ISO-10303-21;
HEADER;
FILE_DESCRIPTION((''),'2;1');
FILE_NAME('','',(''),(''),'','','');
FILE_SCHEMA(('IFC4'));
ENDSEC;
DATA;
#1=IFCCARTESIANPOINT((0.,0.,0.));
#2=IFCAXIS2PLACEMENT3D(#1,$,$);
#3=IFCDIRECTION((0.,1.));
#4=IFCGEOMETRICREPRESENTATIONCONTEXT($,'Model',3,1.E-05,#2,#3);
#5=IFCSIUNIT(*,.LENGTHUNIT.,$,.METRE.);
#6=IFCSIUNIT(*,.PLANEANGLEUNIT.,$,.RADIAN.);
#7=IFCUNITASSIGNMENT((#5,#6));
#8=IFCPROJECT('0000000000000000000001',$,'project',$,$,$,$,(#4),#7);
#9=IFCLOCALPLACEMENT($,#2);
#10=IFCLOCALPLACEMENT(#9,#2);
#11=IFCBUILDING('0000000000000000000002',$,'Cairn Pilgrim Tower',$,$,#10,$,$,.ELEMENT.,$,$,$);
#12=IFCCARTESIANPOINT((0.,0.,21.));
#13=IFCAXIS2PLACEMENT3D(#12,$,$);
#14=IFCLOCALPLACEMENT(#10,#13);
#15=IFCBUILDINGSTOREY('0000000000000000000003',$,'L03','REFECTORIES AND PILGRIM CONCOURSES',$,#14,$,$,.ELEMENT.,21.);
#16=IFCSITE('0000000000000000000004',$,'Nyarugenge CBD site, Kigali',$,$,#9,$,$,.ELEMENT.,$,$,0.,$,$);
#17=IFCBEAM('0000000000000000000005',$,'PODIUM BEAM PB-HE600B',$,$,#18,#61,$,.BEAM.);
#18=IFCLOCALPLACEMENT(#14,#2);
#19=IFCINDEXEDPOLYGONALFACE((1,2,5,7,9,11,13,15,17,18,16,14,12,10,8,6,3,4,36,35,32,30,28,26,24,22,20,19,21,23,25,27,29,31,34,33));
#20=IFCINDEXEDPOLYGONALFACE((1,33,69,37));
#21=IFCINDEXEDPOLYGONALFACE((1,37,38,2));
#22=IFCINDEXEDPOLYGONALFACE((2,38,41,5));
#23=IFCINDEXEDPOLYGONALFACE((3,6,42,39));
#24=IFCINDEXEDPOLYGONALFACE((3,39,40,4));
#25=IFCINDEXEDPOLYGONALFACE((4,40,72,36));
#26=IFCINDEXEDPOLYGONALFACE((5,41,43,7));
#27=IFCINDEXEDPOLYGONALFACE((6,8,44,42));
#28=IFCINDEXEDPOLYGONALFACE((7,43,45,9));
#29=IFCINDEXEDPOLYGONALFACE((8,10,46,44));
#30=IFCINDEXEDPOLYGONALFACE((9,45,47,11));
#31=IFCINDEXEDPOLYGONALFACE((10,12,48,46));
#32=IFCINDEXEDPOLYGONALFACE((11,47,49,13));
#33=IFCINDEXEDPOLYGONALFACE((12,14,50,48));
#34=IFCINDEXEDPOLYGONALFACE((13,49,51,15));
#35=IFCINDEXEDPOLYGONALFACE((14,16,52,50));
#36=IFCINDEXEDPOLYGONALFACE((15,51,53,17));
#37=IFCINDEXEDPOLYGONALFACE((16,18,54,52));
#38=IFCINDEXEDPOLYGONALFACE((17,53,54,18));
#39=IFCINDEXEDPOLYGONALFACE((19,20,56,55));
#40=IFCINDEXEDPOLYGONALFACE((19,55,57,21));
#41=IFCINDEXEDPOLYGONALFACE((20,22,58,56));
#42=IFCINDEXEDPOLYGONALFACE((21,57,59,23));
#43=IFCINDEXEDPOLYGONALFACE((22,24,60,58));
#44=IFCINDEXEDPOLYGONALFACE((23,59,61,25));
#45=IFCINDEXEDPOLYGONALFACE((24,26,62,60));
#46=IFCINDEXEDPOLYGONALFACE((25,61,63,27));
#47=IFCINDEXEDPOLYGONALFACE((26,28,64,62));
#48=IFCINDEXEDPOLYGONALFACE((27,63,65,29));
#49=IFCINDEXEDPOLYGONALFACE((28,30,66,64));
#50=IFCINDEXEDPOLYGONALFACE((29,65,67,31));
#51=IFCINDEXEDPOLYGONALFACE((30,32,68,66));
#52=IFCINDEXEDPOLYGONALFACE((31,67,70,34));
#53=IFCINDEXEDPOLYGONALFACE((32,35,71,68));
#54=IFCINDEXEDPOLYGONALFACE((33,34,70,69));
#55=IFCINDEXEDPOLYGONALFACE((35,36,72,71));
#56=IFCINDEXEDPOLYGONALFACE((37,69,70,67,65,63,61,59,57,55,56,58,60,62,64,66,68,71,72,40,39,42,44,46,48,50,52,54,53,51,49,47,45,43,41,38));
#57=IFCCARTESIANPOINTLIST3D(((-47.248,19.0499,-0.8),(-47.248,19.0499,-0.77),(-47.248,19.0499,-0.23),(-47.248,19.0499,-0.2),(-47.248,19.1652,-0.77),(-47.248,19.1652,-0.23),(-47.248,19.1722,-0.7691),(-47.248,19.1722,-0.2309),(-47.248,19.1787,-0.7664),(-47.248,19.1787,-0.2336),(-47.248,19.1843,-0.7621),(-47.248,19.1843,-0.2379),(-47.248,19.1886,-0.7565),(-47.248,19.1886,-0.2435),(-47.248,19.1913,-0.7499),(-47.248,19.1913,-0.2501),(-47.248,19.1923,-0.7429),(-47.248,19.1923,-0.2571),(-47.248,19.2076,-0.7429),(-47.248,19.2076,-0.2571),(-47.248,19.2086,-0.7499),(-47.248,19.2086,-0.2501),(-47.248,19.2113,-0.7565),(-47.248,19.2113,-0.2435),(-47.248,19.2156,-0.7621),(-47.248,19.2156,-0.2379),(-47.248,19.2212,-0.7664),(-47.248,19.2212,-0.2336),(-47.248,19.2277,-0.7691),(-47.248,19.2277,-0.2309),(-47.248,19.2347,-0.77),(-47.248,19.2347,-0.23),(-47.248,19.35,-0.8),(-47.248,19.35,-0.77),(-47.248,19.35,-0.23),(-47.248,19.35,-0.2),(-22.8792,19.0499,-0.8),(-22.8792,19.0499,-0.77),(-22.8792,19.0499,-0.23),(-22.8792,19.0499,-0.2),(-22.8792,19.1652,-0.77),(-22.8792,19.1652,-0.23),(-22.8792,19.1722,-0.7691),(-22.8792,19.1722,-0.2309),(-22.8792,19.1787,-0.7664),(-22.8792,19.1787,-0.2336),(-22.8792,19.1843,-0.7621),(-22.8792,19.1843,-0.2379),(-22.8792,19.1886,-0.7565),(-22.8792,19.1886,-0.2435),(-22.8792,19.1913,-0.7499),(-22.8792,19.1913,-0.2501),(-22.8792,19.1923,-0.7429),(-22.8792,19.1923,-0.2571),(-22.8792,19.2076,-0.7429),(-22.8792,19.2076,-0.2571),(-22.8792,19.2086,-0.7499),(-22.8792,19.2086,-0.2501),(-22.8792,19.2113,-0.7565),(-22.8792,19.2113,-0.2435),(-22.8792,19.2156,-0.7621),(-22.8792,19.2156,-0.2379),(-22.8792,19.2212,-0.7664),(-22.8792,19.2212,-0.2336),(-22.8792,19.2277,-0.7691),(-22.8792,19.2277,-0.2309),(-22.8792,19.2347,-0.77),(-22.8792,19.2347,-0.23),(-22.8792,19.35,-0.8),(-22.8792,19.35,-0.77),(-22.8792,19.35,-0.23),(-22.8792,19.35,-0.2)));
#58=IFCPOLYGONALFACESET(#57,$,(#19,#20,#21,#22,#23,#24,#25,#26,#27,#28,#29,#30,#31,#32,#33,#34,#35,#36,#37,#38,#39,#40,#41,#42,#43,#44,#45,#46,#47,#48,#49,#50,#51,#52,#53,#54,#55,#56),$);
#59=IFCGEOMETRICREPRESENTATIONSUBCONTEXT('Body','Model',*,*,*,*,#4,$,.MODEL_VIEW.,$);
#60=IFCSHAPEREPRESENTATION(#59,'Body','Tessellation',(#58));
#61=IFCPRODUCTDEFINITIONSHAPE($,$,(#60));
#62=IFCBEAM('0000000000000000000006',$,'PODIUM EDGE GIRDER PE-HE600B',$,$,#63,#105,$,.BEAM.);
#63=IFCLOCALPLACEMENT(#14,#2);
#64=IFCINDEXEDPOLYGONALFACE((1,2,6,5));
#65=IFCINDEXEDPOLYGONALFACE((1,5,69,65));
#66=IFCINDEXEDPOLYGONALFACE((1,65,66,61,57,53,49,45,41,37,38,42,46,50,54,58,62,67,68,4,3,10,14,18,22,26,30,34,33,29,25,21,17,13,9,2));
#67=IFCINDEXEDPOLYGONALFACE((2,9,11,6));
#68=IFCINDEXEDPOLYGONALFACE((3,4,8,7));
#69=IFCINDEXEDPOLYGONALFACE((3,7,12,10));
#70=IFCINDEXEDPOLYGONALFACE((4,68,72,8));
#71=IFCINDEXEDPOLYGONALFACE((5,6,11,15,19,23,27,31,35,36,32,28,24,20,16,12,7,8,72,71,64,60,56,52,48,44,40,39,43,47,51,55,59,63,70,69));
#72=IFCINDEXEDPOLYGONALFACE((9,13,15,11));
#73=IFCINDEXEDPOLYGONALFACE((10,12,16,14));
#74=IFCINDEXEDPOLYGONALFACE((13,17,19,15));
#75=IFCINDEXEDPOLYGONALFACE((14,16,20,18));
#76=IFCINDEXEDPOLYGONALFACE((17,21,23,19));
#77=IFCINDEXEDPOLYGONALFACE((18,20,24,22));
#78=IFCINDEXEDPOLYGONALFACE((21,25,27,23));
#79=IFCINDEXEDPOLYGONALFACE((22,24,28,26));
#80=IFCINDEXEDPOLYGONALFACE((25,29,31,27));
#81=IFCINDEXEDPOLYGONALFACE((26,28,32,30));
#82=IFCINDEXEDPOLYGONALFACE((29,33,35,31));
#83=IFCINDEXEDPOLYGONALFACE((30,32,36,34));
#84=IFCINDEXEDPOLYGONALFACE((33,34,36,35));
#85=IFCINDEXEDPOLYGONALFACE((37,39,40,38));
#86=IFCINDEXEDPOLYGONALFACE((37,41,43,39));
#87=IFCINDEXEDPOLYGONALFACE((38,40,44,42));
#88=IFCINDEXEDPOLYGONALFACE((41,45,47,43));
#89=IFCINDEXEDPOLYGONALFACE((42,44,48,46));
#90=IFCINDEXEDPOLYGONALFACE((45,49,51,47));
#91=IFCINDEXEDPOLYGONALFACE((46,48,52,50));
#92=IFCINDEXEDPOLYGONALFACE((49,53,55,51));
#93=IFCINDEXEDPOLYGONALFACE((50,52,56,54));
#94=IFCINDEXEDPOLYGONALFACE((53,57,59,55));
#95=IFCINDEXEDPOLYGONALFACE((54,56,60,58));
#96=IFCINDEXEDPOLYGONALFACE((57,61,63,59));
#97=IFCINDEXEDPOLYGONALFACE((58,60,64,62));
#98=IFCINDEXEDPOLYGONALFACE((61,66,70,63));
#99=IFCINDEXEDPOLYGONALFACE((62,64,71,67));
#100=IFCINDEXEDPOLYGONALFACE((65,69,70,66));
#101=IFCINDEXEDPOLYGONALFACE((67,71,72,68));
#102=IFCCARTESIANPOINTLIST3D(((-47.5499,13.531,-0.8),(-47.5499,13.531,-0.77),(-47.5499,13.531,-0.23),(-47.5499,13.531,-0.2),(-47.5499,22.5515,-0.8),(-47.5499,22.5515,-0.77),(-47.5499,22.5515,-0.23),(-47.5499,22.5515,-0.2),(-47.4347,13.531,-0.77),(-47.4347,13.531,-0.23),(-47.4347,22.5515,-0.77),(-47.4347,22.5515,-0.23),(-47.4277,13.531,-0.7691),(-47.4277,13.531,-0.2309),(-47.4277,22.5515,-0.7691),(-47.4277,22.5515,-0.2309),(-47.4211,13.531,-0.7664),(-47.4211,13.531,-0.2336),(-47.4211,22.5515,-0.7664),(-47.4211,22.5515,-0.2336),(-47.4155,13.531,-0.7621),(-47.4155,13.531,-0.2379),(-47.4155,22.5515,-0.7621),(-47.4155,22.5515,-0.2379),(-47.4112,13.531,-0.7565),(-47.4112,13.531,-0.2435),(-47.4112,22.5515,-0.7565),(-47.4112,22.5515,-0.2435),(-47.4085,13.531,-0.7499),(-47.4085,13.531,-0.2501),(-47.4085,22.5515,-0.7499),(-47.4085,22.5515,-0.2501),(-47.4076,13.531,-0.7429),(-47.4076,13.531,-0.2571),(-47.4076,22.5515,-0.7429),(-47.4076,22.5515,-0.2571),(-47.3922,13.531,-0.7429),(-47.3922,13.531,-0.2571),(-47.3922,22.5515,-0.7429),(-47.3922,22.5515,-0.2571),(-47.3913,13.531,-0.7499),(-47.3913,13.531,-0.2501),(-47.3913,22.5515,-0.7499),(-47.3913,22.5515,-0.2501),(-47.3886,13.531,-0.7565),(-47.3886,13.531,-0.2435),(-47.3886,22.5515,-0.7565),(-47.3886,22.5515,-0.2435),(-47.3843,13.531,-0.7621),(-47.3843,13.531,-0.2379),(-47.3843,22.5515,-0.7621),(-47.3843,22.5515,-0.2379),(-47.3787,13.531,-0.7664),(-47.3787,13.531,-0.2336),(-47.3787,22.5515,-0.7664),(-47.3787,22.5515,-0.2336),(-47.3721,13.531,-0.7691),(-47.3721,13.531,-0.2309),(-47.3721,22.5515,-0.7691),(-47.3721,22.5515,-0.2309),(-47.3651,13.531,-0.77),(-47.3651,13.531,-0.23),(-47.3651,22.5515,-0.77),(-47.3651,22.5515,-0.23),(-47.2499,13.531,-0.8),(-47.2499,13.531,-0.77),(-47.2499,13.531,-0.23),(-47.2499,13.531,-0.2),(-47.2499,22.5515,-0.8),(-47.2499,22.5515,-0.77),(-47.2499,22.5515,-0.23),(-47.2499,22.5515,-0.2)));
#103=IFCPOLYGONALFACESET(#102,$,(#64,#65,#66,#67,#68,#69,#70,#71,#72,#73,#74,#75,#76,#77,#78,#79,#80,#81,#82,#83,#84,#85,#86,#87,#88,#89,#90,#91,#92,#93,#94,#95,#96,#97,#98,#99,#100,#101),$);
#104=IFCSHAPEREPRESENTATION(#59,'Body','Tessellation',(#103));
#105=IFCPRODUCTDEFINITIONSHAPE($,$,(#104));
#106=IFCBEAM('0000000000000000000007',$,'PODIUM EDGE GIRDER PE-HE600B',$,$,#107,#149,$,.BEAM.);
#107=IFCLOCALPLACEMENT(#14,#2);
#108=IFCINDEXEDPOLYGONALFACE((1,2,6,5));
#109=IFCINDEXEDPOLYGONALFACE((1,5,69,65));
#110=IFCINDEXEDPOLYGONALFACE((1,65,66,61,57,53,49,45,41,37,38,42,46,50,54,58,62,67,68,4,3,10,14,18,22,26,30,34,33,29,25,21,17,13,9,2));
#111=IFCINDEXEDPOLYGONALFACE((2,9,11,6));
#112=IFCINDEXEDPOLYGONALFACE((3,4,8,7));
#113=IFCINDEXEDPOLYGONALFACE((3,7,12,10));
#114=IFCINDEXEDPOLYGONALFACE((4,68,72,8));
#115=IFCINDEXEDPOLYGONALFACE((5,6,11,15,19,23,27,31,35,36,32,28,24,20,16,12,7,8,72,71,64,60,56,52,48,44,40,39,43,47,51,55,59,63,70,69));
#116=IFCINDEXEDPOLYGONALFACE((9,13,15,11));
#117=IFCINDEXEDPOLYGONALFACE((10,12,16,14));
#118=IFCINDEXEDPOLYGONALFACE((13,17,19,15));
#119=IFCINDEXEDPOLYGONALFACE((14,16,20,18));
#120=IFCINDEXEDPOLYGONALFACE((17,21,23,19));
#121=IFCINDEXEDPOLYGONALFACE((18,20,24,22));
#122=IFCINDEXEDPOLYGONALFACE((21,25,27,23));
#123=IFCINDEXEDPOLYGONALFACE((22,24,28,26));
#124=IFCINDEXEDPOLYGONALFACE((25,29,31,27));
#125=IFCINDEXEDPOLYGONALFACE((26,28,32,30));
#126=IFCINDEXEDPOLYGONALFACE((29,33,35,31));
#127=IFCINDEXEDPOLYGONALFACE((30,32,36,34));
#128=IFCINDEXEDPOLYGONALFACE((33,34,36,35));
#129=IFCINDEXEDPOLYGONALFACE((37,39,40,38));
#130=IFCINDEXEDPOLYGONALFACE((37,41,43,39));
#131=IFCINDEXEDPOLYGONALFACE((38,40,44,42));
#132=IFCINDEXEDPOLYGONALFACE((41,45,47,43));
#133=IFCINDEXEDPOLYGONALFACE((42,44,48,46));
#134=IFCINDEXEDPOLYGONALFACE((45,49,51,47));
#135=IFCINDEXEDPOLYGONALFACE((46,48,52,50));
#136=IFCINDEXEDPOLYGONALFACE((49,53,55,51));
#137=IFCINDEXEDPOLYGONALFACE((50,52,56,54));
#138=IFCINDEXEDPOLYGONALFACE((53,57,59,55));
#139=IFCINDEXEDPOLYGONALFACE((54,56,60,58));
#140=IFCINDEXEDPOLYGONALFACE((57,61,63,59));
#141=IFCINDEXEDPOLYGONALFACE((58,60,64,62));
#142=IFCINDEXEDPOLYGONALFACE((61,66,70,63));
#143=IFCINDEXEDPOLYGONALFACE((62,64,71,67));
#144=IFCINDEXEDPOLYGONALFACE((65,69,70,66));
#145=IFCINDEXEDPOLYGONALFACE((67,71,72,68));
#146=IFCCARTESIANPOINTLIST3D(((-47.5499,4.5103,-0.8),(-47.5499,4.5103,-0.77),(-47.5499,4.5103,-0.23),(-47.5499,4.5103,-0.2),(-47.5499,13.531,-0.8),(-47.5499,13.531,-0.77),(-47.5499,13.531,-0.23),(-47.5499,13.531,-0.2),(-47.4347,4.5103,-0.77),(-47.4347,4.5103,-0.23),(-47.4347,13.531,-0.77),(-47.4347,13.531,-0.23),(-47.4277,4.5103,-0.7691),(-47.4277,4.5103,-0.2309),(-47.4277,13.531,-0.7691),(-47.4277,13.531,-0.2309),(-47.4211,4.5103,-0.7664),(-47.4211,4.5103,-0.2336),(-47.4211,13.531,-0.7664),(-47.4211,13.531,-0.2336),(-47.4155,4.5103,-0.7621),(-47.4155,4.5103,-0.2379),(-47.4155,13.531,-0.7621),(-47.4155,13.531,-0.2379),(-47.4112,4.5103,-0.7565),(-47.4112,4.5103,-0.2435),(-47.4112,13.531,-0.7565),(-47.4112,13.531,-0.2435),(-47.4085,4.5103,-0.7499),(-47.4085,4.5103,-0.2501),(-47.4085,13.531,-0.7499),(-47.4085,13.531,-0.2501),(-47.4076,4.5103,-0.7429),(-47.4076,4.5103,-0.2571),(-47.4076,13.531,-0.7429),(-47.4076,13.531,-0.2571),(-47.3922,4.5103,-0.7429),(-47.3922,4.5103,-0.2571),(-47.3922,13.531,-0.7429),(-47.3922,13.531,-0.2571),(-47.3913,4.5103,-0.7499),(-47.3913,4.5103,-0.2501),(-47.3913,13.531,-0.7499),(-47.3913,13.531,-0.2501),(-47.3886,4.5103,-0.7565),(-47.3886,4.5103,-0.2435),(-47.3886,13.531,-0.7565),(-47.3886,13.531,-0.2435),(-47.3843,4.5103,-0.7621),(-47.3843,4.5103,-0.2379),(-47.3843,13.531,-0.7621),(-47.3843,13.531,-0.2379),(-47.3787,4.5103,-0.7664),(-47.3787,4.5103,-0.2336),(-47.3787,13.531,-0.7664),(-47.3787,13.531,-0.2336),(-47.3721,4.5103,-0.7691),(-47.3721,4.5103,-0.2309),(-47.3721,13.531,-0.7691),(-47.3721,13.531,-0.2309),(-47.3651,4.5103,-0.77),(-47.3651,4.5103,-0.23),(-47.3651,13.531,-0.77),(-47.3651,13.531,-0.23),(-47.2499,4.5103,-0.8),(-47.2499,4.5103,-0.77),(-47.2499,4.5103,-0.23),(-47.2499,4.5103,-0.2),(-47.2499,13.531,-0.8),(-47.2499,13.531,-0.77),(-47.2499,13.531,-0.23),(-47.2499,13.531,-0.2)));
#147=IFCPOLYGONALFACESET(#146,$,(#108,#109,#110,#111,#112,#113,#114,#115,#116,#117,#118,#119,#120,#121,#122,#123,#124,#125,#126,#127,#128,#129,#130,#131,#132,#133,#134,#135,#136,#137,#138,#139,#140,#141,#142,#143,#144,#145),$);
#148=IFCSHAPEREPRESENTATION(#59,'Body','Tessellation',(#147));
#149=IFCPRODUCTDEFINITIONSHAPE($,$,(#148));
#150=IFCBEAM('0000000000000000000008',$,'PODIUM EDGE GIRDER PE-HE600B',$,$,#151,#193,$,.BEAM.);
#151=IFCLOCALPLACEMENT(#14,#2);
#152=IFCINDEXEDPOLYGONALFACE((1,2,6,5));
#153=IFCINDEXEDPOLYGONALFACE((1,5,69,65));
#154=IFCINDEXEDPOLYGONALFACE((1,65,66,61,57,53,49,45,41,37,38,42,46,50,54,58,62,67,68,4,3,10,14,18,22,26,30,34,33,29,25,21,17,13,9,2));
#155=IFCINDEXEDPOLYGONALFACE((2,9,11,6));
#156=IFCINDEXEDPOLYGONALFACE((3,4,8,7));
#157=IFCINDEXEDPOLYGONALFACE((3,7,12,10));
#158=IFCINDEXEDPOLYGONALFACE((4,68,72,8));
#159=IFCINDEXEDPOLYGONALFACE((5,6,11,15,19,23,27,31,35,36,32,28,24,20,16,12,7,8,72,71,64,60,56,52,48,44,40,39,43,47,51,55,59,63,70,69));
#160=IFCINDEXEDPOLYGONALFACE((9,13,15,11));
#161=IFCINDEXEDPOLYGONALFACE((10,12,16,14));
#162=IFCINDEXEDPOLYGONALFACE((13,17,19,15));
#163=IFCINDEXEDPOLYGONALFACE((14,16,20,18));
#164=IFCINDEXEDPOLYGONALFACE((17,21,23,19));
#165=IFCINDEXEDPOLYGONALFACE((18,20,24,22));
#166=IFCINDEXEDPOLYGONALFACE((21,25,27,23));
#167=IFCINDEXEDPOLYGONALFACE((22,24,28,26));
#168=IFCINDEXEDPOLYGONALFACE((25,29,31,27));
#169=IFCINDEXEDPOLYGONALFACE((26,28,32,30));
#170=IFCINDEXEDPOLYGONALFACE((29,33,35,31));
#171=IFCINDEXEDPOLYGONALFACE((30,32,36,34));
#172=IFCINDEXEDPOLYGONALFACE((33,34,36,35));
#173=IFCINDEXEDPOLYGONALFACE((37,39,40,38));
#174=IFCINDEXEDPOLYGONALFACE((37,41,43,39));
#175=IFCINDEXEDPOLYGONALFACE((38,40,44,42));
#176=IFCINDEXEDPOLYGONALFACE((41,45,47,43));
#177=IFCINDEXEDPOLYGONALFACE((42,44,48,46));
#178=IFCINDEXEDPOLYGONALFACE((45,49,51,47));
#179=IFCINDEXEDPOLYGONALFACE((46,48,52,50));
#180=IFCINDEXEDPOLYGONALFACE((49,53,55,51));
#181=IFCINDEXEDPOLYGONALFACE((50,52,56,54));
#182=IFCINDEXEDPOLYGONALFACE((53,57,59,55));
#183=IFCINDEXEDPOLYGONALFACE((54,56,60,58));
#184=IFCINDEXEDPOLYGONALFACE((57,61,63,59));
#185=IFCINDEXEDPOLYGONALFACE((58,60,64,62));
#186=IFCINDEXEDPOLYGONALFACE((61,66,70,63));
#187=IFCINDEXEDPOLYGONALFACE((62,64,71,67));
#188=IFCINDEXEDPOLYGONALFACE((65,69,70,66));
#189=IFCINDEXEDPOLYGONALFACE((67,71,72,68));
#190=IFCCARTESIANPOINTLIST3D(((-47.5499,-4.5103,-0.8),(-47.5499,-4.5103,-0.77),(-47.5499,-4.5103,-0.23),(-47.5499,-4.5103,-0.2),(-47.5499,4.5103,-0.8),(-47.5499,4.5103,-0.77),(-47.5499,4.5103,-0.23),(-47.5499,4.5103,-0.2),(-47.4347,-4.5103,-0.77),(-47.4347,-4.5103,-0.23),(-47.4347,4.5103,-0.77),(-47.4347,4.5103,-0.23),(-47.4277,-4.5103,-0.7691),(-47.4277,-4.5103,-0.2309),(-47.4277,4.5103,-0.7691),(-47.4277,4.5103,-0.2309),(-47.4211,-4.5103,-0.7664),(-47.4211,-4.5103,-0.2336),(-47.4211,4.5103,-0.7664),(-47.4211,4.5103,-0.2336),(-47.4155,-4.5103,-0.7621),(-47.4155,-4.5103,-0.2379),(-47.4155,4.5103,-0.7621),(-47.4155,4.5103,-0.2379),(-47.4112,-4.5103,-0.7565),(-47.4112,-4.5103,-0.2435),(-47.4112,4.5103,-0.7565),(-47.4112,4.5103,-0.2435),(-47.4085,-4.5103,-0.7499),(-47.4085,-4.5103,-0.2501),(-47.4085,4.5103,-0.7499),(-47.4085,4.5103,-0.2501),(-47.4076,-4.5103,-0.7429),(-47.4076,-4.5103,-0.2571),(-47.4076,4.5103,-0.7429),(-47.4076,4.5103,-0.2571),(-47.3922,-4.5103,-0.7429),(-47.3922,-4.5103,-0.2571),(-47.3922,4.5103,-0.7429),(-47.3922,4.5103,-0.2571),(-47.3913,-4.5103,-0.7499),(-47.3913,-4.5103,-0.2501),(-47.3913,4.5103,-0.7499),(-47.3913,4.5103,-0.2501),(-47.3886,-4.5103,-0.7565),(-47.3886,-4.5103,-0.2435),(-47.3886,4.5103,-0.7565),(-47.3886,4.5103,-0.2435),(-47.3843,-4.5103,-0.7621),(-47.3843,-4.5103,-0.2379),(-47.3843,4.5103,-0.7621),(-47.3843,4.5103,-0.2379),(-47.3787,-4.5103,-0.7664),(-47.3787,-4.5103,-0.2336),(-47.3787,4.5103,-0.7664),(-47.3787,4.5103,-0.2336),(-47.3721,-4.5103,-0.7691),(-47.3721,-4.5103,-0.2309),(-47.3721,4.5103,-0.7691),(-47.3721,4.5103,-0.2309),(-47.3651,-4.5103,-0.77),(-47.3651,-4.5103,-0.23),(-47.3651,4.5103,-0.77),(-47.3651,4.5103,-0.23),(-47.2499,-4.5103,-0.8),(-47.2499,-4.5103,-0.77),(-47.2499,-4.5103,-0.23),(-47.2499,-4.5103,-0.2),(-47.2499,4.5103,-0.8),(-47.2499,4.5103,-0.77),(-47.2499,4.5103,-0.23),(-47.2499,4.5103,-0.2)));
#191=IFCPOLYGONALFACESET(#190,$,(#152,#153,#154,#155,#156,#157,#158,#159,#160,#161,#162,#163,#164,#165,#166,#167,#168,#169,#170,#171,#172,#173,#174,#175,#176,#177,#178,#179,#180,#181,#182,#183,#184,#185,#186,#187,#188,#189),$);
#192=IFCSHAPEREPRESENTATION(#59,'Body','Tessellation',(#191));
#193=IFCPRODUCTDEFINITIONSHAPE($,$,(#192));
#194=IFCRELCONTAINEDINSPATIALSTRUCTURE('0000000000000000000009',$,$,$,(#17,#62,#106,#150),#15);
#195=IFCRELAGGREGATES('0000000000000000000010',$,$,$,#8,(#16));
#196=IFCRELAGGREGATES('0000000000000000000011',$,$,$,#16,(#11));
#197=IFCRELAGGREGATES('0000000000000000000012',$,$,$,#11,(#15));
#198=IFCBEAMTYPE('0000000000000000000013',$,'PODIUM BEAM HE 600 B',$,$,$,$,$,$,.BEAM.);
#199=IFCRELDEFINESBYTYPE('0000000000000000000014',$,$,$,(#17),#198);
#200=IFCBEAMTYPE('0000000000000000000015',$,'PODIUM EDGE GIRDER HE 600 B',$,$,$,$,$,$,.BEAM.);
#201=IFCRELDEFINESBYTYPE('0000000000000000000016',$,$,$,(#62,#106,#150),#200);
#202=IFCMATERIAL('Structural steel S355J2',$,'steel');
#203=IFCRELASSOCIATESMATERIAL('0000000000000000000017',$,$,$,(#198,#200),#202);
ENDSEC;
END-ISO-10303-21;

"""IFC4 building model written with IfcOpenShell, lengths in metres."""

from ifc_helpers import new_model, si_unit, direction, frame, origin, origin_2d, place, context, subcontext, project, spatial, i_section, extrude, material, material_profile, profile_set, type_object, element, save


model = new_model("IFC4")

# Units and contexts
model_context = context("Model", 3, precision=1e-05, world=origin(), true_north=direction((0.0, 1.0)))
body_context = subcontext(model_context, "Body", "Model", "MODEL_VIEW")
ifc_project = project(units=[si_unit("LENGTHUNIT", "METRE"), si_unit("PLANEANGLEUNIT", "RADIAN")], contexts=[model_context])

# Site, building, storey
site_placement = place(None, origin())
site = spatial("IfcSite", under=ifc_project, at=site_placement, Name="Nyarugenge CBD site, Kigali", CompositionType="ELEMENT", RefElevation=0.0)
building_placement = place(site_placement, origin())
building = spatial("IfcBuilding", under=site, at=building_placement, Name="Cairn Pilgrim Tower", CompositionType="ELEMENT")
storey_placement = place(building_placement, frame((0.0, 0.0, 21.0)))
storey = spatial("IfcBuildingStorey", under=building, at=storey_placement, Name="L03", Description="REFECTORIES AND PILGRIM CONCOURSES", CompositionType="ELEMENT", Elevation=21.0)

# Beams
ifc_material_1 = material(Name="Structural steel S355J2", Category="steel")
ifc_material_profile_1 = material_profile(ifc_material_1, i_section(OverallWidth=0.3, OverallDepth=0.6001, WebThickness=0.0154, FlangeThickness=0.03, FilletRadius=0.0271, at=origin_2d()), Name="HEB 600")
ifc_profile_set_1 = profile_set([ifc_material_profile_1], Name="Structural steel S355J2")
beam_type_1 = type_object("IfcBeamType", Name="PODIUM BEAM HE 600 B", PredefinedType="BEAM", material=ifc_profile_set_1)
beam_1_placement = place(storey_placement, frame((-47.248, 19.2, -0.5), z_axis=(1.0, 0.0, 0.0), x_axis=(0.0, 1.0, 0.0)))
element("IfcBeam", 1, at=beam_1_placement, inside=storey, type_object=beam_type_1, Name="PODIUM BEAM PB-HE600B", PredefinedType="BEAM", context=body_context, shape_type="SweptSolid", body=[
    extrude(i_section(OverallWidth=0.3, OverallDepth=0.6001, WebThickness=0.0154, FlangeThickness=0.03, FilletRadius=0.0271, at=origin_2d()), origin(), (0.0, 0.0, 1.0), 24.3689),
])
ifc_material_profile_2 = material_profile(ifc_material_1, i_section(OverallWidth=0.3, OverallDepth=0.6001, WebThickness=0.0154, FlangeThickness=0.03, FilletRadius=0.0271, at=origin_2d()), Name="HEB 600")
ifc_profile_set_2 = profile_set([ifc_material_profile_2], Name="Structural steel S355J2")
beam_type_2 = type_object("IfcBeamType", Name="PODIUM EDGE GIRDER HE 600 B", PredefinedType="BEAM", material=ifc_profile_set_2)
beam_2_placement = place(storey_placement, frame((-47.3999, 22.5515, -0.5), z_axis=(0.0, -1.0, 0.0), x_axis=(1.0, 0.0, 0.0)))
element("IfcBeam", 2, at=beam_2_placement, inside=storey, type_object=beam_type_2, Name="PODIUM EDGE GIRDER PE-HE600B", PredefinedType="BEAM", context=body_context, shape_type="SweptSolid", body=[
    extrude(i_section(OverallWidth=0.3, OverallDepth=0.6001, WebThickness=0.0154, FlangeThickness=0.03, FilletRadius=0.0271, at=origin_2d()), origin(), (0.0, 0.0, 1.0), 9.0205),
])
beam_3_placement = place(storey_placement, frame((-47.3999, 13.531, -0.5), z_axis=(0.0, -1.0, 0.0), x_axis=(1.0, 0.0, 0.0)))
element("IfcBeam", 3, at=beam_3_placement, inside=storey, type_object=beam_type_2, Name="PODIUM EDGE GIRDER PE-HE600B", PredefinedType="BEAM", context=body_context, shape_type="SweptSolid", body=[
    extrude(i_section(OverallWidth=0.3, OverallDepth=0.6001, WebThickness=0.0154, FlangeThickness=0.03, FilletRadius=0.0271, at=origin_2d()), origin(), (0.0, 0.0, 1.0), 9.0208),
])
beam_4_placement = place(storey_placement, frame((-47.3999, 4.5103, -0.5), z_axis=(0.0, -1.0, 0.0), x_axis=(1.0, 0.0, 0.0)))
element("IfcBeam", 4, at=beam_4_placement, inside=storey, type_object=beam_type_2, Name="PODIUM EDGE GIRDER PE-HE600B", PredefinedType="BEAM", context=body_context, shape_type="SweptSolid", body=[
    extrude(i_section(OverallWidth=0.3, OverallDepth=0.6001, WebThickness=0.0154, FlangeThickness=0.03, FilletRadius=0.0271, at=origin_2d()), origin(), (0.0, 0.0, 1.0), 9.0205),
])

save(model, "model.ifc")
